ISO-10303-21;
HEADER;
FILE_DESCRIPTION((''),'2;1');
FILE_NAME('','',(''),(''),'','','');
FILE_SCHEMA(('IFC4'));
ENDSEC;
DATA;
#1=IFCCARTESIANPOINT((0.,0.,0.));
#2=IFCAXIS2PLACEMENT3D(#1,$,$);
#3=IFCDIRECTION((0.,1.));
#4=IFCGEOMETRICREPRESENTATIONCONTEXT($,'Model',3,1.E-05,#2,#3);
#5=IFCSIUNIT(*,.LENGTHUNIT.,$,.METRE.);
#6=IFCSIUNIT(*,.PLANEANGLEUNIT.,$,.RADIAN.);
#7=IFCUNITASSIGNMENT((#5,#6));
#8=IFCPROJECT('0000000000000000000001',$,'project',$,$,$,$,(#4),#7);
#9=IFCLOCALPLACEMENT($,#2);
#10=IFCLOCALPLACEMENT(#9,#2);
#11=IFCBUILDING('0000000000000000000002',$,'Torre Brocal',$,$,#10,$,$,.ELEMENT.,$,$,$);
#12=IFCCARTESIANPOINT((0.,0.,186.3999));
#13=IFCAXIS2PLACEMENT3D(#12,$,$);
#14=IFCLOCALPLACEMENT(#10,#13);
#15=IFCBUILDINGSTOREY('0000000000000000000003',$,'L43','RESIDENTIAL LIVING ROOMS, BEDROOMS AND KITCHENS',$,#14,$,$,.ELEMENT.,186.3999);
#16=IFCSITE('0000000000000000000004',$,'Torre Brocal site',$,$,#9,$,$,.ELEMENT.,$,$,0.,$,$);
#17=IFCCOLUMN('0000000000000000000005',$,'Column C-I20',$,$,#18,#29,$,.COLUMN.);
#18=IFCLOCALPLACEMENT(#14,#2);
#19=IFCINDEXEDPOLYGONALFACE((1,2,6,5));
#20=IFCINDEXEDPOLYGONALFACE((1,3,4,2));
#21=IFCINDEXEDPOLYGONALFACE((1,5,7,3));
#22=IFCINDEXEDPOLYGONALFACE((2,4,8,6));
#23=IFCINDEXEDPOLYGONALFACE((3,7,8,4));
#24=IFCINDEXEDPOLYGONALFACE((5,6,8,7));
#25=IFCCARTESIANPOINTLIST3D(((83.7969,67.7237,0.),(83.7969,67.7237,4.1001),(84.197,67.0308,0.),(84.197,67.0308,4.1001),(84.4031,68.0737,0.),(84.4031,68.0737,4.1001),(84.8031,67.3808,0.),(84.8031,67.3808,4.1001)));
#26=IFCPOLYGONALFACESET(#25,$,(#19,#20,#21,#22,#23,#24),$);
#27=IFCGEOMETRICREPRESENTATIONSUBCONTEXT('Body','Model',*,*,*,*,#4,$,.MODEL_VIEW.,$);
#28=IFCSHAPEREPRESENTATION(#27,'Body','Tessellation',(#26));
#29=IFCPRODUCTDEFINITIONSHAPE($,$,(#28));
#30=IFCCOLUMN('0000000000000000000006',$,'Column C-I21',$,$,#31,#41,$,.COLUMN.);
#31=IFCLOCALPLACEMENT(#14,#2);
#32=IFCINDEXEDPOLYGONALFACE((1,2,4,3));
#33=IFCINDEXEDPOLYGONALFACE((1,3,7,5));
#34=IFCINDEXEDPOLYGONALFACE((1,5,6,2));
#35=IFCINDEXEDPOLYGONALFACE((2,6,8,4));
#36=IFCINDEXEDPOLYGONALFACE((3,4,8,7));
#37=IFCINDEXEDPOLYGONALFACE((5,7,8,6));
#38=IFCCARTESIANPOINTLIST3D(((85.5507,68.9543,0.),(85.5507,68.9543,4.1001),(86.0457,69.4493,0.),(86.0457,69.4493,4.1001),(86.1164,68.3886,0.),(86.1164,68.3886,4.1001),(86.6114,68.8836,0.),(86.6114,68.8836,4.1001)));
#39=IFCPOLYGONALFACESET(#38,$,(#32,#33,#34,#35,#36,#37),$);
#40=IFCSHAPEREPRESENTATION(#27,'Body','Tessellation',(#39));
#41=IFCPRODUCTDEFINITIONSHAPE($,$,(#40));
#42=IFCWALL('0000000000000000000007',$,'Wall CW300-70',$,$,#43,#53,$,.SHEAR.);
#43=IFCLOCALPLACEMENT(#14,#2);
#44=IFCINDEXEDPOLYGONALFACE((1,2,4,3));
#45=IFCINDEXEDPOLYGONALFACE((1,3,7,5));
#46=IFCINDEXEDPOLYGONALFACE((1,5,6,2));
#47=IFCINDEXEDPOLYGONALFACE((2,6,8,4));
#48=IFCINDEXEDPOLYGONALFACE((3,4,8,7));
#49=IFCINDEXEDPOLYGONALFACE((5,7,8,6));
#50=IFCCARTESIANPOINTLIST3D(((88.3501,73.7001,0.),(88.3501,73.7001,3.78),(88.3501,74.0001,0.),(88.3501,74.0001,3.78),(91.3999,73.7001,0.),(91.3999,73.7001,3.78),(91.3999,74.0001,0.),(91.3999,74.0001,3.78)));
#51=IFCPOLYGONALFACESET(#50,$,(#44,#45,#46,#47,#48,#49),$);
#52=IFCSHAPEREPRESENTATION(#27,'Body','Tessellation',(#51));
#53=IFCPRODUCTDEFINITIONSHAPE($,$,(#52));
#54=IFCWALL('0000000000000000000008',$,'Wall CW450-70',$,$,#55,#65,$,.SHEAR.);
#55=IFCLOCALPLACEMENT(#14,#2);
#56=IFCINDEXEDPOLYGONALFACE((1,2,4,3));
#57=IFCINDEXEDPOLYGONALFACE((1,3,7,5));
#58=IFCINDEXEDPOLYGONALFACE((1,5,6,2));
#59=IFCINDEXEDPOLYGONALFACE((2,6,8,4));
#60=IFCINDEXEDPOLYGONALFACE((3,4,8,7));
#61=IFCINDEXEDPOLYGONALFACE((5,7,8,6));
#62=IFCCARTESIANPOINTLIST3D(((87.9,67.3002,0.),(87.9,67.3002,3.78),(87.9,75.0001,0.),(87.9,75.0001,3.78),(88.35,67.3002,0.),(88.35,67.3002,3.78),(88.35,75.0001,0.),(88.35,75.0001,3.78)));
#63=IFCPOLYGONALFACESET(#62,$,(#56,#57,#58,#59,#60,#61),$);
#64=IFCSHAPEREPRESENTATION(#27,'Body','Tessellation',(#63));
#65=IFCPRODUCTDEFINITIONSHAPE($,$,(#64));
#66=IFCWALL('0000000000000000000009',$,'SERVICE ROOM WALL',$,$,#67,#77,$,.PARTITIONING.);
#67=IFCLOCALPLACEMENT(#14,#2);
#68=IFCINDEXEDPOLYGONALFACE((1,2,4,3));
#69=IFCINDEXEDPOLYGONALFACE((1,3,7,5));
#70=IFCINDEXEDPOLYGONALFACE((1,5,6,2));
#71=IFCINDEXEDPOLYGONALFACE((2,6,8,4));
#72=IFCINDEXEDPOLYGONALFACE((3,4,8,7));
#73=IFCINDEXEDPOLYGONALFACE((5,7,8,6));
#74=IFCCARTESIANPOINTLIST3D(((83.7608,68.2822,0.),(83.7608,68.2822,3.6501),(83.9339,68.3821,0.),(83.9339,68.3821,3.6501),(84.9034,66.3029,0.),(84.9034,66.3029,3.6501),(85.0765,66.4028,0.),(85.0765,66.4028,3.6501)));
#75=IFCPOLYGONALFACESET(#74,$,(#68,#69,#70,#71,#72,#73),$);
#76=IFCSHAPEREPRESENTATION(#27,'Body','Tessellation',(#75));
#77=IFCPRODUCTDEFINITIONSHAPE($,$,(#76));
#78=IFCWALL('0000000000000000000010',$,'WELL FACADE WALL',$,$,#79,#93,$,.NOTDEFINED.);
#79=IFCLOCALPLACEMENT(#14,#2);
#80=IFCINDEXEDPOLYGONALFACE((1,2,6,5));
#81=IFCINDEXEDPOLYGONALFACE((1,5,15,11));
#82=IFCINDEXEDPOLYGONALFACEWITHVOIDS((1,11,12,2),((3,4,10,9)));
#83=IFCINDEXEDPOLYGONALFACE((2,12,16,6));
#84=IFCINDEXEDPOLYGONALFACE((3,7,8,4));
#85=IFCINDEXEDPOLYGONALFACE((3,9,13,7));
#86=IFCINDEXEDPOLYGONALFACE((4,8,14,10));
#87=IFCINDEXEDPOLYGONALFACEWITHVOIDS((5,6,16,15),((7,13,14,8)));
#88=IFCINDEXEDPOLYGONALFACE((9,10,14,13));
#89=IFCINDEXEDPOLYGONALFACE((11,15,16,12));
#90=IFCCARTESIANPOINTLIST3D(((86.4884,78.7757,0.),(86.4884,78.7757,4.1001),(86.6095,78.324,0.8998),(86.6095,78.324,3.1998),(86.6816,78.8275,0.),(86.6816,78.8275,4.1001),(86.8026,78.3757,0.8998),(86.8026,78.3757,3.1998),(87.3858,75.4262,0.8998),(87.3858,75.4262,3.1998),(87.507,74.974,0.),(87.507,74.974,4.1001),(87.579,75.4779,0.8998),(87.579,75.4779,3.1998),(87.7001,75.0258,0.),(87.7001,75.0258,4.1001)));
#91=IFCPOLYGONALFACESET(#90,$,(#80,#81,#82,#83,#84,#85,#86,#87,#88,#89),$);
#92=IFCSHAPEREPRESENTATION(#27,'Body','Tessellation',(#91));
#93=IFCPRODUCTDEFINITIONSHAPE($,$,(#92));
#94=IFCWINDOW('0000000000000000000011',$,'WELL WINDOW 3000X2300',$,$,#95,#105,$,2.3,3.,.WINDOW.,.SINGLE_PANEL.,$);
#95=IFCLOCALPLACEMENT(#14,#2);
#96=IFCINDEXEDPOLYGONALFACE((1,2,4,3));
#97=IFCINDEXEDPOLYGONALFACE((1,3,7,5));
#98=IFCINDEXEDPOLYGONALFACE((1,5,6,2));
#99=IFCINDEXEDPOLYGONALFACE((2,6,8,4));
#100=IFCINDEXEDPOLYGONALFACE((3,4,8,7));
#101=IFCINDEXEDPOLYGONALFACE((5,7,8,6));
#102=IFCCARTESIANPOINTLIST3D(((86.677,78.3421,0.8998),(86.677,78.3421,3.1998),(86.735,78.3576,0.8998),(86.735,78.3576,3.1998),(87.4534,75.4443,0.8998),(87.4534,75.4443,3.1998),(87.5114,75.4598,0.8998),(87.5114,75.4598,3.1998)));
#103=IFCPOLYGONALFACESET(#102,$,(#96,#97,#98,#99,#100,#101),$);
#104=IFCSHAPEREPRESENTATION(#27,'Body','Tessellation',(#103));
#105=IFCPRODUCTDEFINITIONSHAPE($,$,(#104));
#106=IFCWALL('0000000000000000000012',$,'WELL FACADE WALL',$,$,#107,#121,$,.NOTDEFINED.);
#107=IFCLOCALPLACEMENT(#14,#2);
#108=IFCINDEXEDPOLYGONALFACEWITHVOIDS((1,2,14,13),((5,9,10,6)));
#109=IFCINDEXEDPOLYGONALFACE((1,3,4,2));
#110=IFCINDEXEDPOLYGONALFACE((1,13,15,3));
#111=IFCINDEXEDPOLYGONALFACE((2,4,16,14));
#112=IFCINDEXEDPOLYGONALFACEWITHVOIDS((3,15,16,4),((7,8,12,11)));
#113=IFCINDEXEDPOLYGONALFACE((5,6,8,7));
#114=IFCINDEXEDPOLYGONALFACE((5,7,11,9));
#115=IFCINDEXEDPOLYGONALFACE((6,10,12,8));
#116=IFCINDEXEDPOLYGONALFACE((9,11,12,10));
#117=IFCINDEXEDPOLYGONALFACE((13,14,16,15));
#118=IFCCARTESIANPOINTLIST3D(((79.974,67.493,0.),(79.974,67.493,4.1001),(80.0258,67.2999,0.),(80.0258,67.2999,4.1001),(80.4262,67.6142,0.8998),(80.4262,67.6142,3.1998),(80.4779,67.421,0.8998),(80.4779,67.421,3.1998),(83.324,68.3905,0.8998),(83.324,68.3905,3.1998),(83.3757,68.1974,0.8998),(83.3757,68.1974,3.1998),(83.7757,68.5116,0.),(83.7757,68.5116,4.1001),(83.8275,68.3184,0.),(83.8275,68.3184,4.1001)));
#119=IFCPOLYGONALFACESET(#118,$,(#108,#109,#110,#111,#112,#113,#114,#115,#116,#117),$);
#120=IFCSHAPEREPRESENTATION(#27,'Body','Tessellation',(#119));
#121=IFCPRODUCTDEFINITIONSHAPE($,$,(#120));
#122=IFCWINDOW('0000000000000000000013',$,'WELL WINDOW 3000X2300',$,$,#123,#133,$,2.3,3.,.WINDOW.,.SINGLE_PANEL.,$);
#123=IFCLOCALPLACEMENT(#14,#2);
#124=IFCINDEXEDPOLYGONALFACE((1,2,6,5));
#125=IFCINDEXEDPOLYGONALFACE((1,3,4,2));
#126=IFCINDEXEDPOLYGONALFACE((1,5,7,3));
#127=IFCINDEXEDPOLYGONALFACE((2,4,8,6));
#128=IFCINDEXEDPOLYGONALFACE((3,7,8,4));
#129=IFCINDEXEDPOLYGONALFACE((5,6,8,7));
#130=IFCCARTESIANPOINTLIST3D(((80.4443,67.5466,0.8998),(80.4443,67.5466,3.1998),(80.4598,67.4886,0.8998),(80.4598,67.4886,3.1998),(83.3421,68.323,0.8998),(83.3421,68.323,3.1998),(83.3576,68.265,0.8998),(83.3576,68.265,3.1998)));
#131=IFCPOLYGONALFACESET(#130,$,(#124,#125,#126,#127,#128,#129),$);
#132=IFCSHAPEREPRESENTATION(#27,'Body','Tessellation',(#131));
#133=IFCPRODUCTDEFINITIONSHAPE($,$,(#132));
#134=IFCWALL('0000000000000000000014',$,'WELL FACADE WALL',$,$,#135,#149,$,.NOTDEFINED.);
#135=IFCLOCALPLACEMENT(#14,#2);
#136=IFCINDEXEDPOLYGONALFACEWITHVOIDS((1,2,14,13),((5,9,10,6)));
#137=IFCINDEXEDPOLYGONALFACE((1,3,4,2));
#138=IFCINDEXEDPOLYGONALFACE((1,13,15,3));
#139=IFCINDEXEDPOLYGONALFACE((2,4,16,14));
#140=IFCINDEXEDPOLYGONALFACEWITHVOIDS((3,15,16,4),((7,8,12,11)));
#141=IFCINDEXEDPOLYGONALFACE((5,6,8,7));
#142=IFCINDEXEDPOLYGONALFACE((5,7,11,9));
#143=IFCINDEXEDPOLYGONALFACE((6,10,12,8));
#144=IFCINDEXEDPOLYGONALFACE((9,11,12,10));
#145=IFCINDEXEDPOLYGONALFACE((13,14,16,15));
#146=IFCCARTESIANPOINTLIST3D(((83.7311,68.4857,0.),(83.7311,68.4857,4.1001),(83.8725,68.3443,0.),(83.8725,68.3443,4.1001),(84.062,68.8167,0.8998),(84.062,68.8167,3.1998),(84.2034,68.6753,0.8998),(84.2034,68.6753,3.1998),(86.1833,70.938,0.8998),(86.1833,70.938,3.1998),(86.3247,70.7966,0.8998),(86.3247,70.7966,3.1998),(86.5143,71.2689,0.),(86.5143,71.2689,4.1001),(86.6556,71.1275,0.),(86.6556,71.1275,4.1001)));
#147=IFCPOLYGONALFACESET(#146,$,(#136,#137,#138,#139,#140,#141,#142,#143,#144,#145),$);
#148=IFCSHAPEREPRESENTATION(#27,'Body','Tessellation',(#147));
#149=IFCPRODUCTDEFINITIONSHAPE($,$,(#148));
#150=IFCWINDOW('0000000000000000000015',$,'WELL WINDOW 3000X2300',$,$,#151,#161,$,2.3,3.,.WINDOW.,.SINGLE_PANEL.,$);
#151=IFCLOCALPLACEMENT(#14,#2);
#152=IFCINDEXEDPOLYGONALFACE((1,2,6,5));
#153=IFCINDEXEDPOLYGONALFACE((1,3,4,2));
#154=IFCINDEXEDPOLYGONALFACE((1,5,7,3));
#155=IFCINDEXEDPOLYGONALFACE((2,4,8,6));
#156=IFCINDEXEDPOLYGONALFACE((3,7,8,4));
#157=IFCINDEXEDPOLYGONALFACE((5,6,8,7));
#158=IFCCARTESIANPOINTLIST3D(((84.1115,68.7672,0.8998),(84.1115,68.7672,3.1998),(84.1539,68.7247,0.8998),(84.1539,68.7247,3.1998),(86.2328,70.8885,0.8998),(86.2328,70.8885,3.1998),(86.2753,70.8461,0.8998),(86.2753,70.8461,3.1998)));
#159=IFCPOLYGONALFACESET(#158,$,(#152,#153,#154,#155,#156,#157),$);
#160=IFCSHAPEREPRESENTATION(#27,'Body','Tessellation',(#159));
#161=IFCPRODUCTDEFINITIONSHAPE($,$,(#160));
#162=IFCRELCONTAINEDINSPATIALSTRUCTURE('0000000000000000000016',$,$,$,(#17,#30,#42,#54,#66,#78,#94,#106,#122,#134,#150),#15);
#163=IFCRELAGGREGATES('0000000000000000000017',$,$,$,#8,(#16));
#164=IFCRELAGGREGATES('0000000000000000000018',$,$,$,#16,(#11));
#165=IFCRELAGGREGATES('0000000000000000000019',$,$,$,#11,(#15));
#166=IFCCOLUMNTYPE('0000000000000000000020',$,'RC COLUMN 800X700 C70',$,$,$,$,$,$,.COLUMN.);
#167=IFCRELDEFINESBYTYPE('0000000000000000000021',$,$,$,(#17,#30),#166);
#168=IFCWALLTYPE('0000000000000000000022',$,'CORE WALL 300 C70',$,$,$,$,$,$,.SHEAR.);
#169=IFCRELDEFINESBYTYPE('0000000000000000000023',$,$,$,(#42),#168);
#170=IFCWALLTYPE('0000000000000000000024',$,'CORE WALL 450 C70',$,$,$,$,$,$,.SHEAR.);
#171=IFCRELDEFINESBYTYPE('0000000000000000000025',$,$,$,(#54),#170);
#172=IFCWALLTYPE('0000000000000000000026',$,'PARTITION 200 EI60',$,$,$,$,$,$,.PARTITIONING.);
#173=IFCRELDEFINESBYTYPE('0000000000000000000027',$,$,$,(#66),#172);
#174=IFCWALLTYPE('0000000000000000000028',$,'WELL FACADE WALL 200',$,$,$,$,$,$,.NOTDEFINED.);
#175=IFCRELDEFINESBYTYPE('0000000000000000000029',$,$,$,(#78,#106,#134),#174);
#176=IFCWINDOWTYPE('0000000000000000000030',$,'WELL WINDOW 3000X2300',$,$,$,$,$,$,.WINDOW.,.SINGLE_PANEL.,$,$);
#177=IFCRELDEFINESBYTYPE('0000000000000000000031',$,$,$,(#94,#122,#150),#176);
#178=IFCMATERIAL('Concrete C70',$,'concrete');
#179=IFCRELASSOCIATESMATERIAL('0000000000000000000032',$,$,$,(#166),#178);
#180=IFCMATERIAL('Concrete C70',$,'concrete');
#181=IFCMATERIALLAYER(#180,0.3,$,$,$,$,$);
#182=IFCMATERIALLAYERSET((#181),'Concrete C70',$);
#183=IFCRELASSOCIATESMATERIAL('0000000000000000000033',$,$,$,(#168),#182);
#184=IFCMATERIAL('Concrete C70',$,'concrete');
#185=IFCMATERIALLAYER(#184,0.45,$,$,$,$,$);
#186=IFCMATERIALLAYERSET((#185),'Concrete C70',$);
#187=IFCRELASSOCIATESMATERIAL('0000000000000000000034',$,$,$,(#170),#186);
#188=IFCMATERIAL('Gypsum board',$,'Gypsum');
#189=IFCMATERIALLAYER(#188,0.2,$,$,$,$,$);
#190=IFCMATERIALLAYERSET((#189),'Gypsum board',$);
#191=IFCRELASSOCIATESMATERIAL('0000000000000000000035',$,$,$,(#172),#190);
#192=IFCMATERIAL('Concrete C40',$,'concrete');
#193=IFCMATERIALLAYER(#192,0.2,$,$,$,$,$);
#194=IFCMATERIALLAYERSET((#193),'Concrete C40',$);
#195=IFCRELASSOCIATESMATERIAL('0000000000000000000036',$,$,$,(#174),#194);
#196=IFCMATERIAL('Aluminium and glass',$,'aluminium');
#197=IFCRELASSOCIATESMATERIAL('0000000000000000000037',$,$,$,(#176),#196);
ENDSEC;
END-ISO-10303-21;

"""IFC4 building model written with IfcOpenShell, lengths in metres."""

from ifc_helpers import new_model, si_unit, direction, frame, frame_2d, origin, origin_2d, place, context, subcontext, project, spatial, rectangle, extrude, material, layer, layer_set, material_profile, profile_set, type_object, element, fill, save


model = new_model("IFC4")

# Units and contexts
model_context = context("Model", 3, precision=1e-05, world=origin(), true_north=direction((0.0, 1.0)))
body_context = subcontext(model_context, "Body", "Model", "MODEL_VIEW")
ifc_project = project(units=[si_unit("LENGTHUNIT", "METRE"), si_unit("PLANEANGLEUNIT", "RADIAN")], contexts=[model_context])

# Site, building, storey
site_placement = place(None, origin())
site = spatial("IfcSite", under=ifc_project, at=site_placement, Name="Torre Brocal site", CompositionType="ELEMENT", RefElevation=0.0)
building_placement = place(site_placement, origin())
building = spatial("IfcBuilding", under=site, at=building_placement, Name="Torre Brocal", CompositionType="ELEMENT")
storey_placement = place(building_placement, frame((0.0, 0.0, 186.3999)))
storey = spatial("IfcBuildingStorey", under=building, at=storey_placement, Name="L43", Description="RESIDENTIAL LIVING ROOMS, BEDROOMS AND KITCHENS", CompositionType="ELEMENT", Elevation=186.3999)

# Columns
ifc_material_1 = material(Name="Concrete C70", Category="concrete")
ifc_material_profile = material_profile(ifc_material_1, rectangle(XDim=0.8, YDim=0.7, at=origin_2d()), Name="RC 800X700")
ifc_profile_set = profile_set([ifc_material_profile], Name="Concrete C70")
column_type = type_object("IfcColumnType", Name="RC COLUMN 800X700 C70", PredefinedType="COLUMN", material=ifc_profile_set)
for number, where, z_axis, x_axis, name in (
    (1, (84.3, 67.5522, 0.0), (0.0, 0.0, 1.0), (0.5, -0.866025, 0.0), "Column C-I20"),
    (2, (86.0811, 68.9189, 0.0), (0.0, 0.0, 1.0), (0.707107, -0.707107, 0.0), "Column C-I21"),
):
    element("IfcColumn", number, at=place(storey_placement, frame(where, z_axis=z_axis, x_axis=x_axis)), inside=storey, type_object=column_type, Name=name, PredefinedType="COLUMN", context=body_context, shape_type="SweptSolid", body=[
        extrude(rectangle(XDim=0.8, YDim=0.7, at=origin_2d()), origin(), (0.0, 0.0, 1.0), 4.1001),
    ])

# Walls
ifc_material_2 = material(Name="Concrete C70", Category="concrete")
ifc_layer_1 = layer(ifc_material_2, 0.3)
ifc_layer_set_1 = layer_set([ifc_layer_1], Name="Concrete C70")
wall_type_1 = type_object("IfcWallType", Name="CORE WALL 300 C70", PredefinedType="SHEAR", material=ifc_layer_set_1)
wall_1_placement = place(storey_placement, frame((88.3501, 73.8501, 0.0), z_axis=(0.0, 0.0, 1.0), x_axis=(1.0, 0.0, 0.0)))
element("IfcWall", 3, at=wall_1_placement, inside=storey, type_object=wall_type_1, Name="Wall CW300-70", PredefinedType="SHEAR", context=body_context, shape_type="SweptSolid", body=[
    extrude(rectangle(XDim=3.0498, YDim=0.3, at=frame_2d((1.5249, 0.0))), origin(), (0.0, 0.0, 1.0), 3.78),
])
ifc_material_3 = material(Name="Concrete C70", Category="concrete")
ifc_layer_2 = layer(ifc_material_3, 0.45)
ifc_layer_set_2 = layer_set([ifc_layer_2], Name="Concrete C70")
wall_type_2 = type_object("IfcWallType", Name="CORE WALL 450 C70", PredefinedType="SHEAR", material=ifc_layer_set_2)
wall_2_placement = place(storey_placement, frame((88.125, 67.3, 0.0), z_axis=(0.0, 0.0, 1.0), x_axis=(0.0, 1.0, 0.0)))
element("IfcWall", 4, at=wall_2_placement, inside=storey, type_object=wall_type_2, Name="Wall CW450-70", PredefinedType="SHEAR", context=body_context, shape_type="SweptSolid", body=[
    extrude(rectangle(XDim=7.7, YDim=0.45, at=frame_2d((3.8501, 0.0))), origin(), (0.0, 0.0, 1.0), 3.78),
])
ifc_material_4 = material(Name="Gypsum board", Category="Gypsum")
ifc_layer_3 = layer(ifc_material_4, 0.2)
ifc_layer_set_3 = layer_set([ifc_layer_3], Name="Gypsum board")
wall_type_3 = type_object("IfcWallType", Name="PARTITION 200 EI60", PredefinedType="PARTITIONING", material=ifc_layer_set_3)
wall_3_placement = place(storey_placement, frame((83.8474, 68.332, 0.0), z_axis=(0.0, 0.0, 1.0), x_axis=(0.499954, -0.866052, 0.0)))
element("IfcWall", 5, at=wall_3_placement, inside=storey, type_object=wall_type_3, Name="SERVICE ROOM WALL", PredefinedType="PARTITIONING", context=body_context, shape_type="SweptSolid", body=[
    extrude(rectangle(XDim=2.2854, YDim=0.2, at=frame_2d((1.1426, 0.0))), origin(), (0.0, 0.0, 1.0), 3.6501),
])

# Walls, openings, windows
ifc_material_5 = material(Name="Concrete C40", Category="concrete")
ifc_layer_4 = layer(ifc_material_5, 0.2)
ifc_layer_set_4 = layer_set([ifc_layer_4], Name="Concrete C40")
wall_type_4 = type_object("IfcWallType", Name="WELL FACADE WALL 200", PredefinedType="NOTDEFINED", material=ifc_layer_set_4)
wall_4_placement = place(storey_placement, frame((87.6035, 75.0, 0.0), z_axis=(0.0, 0.0, 1.0), x_axis=(-0.25879, 0.965934, 0.0)))
wall_4 = element("IfcWall", 6, at=wall_4_placement, inside=storey, type_object=wall_type_4, Name="WELL FACADE WALL", PredefinedType="NOTDEFINED", context=body_context, shape_type="SweptSolid", body=[
    extrude(rectangle(XDim=3.9358, YDim=0.2, at=frame_2d((1.9678, 0.0))), origin(), (0.0, 0.0, 1.0), 4.1001),
])
opening_1_placement = place(wall_4_placement, frame((0.468, 0.0, 0.8999)))
opening_1 = element("IfcOpeningElement", 7, at=opening_1_placement, cuts=wall_4, PredefinedType="OPENING", context=body_context, shape_type="SweptSolid", body=[
    extrude(rectangle(XDim=3.0, YDim=2.3, at=frame_2d((1.5, 1.1499))), frame((0.0, 0.1099, 0.0), z_axis=(0.0, -1.0, 0.0), x_axis=(1.0, 0.0, 0.0)), (0.0, 0.0, 1.0), 0.22),
])
ifc_material_6 = material(Name="Aluminium and glass", Category="aluminium")
window_type = type_object("IfcWindowType", Name="WELL WINDOW 3000X2300", PartitioningType="SINGLE_PANEL", PredefinedType="WINDOW", material=ifc_material_6)
window_1_placement = place(opening_1_placement, origin())
window_1 = element("IfcWindow", 8, at=window_1_placement, inside=storey, type_object=window_type, Name="WELL WINDOW 3000X2300", OverallHeight=2.3, OverallWidth=3.0, PartitioningType="SINGLE_PANEL", PredefinedType="WINDOW", context=body_context, shape_type="SweptSolid", body=[
    extrude(rectangle(XDim=3.0, YDim=2.3, at=frame_2d((1.5, 1.1499))), frame((0.0, 0.03, 0.0), z_axis=(0.0, -1.0, 0.0), x_axis=(1.0, 0.0, 0.0)), (0.0, 0.0, 1.0), 0.0601),
])
fill(opening_1, window_1)
wall_5_placement = place(storey_placement, frame((80.0, 67.3965, 0.0), z_axis=(0.0, 0.0, 1.0), x_axis=(0.965934, 0.25879, 0.0)))
wall_5 = element("IfcWall", 9, at=wall_5_placement, inside=storey, type_object=wall_type_4, Name="WELL FACADE WALL", PredefinedType="NOTDEFINED", context=body_context, shape_type="SweptSolid", body=[
    extrude(rectangle(XDim=3.9358, YDim=0.2, at=frame_2d((1.9678, 0.0))), origin(), (0.0, 0.0, 1.0), 4.1001),
])
opening_2_placement = place(wall_5_placement, frame((0.468, 0.0, 0.8999)))
opening_2 = element("IfcOpeningElement", 10, at=opening_2_placement, cuts=wall_5, PredefinedType="OPENING", context=body_context, shape_type="SweptSolid", body=[
    extrude(rectangle(XDim=3.0, YDim=2.3, at=frame_2d((1.5, 1.1499))), frame((0.0, 0.1099, 0.0), z_axis=(0.0, -1.0, 0.0), x_axis=(1.0, 0.0, 0.0)), (0.0, 0.0, 1.0), 0.22),
])
window_2_placement = place(opening_2_placement, origin())
window_2 = element("IfcWindow", 11, at=window_2_placement, inside=storey, type_object=window_type, Name="WELL WINDOW 3000X2300", OverallHeight=2.3, OverallWidth=3.0, PartitioningType="SINGLE_PANEL", PredefinedType="WINDOW", context=body_context, shape_type="SweptSolid", body=[
    extrude(rectangle(XDim=3.0, YDim=2.3, at=frame_2d((1.5, 1.1499))), frame((0.0, 0.03, 0.0), z_axis=(0.0, -1.0, 0.0), x_axis=(1.0, 0.0, 0.0)), (0.0, 0.0, 1.0), 0.0601),
])
fill(opening_2, window_2)
wall_6_placement = place(storey_placement, frame((83.8018, 68.415, 0.0), z_axis=(0.0, 0.0, 1.0), x_axis=(0.707107, 0.707107, 0.0)))
wall_6 = element("IfcWall", 12, at=wall_6_placement, inside=storey, type_object=wall_type_4, Name="WELL FACADE WALL", PredefinedType="NOTDEFINED", context=body_context, shape_type="SweptSolid", body=[
    extrude(rectangle(XDim=3.936, YDim=0.2, at=frame_2d((1.968, 0.0))), origin(), (0.0, 0.0, 1.0), 4.1001),
])
opening_3_placement = place(wall_6_placement, frame((0.468, 0.0, 0.8999)))
opening_3 = element("IfcOpeningElement", 13, at=opening_3_placement, cuts=wall_6, PredefinedType="OPENING", context=body_context, shape_type="SweptSolid", body=[
    extrude(rectangle(XDim=3.0, YDim=2.3, at=frame_2d((1.5, 1.1499))), frame((0.0, 0.1099, 0.0), z_axis=(0.0, -1.0, 0.0), x_axis=(1.0, 0.0, 0.0)), (0.0, 0.0, 1.0), 0.22),
])
window_3_placement = place(opening_3_placement, origin())
window_3 = element("IfcWindow", 14, at=window_3_placement, inside=storey, type_object=window_type, Name="WELL WINDOW 3000X2300", OverallHeight=2.3, OverallWidth=3.0, PartitioningType="SINGLE_PANEL", PredefinedType="WINDOW", context=body_context, shape_type="SweptSolid", body=[
    extrude(rectangle(XDim=3.0, YDim=2.3, at=frame_2d((1.5, 1.1499))), frame((0.0, 0.03, 0.0), z_axis=(0.0, -1.0, 0.0), x_axis=(1.0, 0.0, 0.0)), (0.0, 0.0, 1.0), 0.0601),
])
fill(opening_3, window_3)

save(model, "model.ifc")
